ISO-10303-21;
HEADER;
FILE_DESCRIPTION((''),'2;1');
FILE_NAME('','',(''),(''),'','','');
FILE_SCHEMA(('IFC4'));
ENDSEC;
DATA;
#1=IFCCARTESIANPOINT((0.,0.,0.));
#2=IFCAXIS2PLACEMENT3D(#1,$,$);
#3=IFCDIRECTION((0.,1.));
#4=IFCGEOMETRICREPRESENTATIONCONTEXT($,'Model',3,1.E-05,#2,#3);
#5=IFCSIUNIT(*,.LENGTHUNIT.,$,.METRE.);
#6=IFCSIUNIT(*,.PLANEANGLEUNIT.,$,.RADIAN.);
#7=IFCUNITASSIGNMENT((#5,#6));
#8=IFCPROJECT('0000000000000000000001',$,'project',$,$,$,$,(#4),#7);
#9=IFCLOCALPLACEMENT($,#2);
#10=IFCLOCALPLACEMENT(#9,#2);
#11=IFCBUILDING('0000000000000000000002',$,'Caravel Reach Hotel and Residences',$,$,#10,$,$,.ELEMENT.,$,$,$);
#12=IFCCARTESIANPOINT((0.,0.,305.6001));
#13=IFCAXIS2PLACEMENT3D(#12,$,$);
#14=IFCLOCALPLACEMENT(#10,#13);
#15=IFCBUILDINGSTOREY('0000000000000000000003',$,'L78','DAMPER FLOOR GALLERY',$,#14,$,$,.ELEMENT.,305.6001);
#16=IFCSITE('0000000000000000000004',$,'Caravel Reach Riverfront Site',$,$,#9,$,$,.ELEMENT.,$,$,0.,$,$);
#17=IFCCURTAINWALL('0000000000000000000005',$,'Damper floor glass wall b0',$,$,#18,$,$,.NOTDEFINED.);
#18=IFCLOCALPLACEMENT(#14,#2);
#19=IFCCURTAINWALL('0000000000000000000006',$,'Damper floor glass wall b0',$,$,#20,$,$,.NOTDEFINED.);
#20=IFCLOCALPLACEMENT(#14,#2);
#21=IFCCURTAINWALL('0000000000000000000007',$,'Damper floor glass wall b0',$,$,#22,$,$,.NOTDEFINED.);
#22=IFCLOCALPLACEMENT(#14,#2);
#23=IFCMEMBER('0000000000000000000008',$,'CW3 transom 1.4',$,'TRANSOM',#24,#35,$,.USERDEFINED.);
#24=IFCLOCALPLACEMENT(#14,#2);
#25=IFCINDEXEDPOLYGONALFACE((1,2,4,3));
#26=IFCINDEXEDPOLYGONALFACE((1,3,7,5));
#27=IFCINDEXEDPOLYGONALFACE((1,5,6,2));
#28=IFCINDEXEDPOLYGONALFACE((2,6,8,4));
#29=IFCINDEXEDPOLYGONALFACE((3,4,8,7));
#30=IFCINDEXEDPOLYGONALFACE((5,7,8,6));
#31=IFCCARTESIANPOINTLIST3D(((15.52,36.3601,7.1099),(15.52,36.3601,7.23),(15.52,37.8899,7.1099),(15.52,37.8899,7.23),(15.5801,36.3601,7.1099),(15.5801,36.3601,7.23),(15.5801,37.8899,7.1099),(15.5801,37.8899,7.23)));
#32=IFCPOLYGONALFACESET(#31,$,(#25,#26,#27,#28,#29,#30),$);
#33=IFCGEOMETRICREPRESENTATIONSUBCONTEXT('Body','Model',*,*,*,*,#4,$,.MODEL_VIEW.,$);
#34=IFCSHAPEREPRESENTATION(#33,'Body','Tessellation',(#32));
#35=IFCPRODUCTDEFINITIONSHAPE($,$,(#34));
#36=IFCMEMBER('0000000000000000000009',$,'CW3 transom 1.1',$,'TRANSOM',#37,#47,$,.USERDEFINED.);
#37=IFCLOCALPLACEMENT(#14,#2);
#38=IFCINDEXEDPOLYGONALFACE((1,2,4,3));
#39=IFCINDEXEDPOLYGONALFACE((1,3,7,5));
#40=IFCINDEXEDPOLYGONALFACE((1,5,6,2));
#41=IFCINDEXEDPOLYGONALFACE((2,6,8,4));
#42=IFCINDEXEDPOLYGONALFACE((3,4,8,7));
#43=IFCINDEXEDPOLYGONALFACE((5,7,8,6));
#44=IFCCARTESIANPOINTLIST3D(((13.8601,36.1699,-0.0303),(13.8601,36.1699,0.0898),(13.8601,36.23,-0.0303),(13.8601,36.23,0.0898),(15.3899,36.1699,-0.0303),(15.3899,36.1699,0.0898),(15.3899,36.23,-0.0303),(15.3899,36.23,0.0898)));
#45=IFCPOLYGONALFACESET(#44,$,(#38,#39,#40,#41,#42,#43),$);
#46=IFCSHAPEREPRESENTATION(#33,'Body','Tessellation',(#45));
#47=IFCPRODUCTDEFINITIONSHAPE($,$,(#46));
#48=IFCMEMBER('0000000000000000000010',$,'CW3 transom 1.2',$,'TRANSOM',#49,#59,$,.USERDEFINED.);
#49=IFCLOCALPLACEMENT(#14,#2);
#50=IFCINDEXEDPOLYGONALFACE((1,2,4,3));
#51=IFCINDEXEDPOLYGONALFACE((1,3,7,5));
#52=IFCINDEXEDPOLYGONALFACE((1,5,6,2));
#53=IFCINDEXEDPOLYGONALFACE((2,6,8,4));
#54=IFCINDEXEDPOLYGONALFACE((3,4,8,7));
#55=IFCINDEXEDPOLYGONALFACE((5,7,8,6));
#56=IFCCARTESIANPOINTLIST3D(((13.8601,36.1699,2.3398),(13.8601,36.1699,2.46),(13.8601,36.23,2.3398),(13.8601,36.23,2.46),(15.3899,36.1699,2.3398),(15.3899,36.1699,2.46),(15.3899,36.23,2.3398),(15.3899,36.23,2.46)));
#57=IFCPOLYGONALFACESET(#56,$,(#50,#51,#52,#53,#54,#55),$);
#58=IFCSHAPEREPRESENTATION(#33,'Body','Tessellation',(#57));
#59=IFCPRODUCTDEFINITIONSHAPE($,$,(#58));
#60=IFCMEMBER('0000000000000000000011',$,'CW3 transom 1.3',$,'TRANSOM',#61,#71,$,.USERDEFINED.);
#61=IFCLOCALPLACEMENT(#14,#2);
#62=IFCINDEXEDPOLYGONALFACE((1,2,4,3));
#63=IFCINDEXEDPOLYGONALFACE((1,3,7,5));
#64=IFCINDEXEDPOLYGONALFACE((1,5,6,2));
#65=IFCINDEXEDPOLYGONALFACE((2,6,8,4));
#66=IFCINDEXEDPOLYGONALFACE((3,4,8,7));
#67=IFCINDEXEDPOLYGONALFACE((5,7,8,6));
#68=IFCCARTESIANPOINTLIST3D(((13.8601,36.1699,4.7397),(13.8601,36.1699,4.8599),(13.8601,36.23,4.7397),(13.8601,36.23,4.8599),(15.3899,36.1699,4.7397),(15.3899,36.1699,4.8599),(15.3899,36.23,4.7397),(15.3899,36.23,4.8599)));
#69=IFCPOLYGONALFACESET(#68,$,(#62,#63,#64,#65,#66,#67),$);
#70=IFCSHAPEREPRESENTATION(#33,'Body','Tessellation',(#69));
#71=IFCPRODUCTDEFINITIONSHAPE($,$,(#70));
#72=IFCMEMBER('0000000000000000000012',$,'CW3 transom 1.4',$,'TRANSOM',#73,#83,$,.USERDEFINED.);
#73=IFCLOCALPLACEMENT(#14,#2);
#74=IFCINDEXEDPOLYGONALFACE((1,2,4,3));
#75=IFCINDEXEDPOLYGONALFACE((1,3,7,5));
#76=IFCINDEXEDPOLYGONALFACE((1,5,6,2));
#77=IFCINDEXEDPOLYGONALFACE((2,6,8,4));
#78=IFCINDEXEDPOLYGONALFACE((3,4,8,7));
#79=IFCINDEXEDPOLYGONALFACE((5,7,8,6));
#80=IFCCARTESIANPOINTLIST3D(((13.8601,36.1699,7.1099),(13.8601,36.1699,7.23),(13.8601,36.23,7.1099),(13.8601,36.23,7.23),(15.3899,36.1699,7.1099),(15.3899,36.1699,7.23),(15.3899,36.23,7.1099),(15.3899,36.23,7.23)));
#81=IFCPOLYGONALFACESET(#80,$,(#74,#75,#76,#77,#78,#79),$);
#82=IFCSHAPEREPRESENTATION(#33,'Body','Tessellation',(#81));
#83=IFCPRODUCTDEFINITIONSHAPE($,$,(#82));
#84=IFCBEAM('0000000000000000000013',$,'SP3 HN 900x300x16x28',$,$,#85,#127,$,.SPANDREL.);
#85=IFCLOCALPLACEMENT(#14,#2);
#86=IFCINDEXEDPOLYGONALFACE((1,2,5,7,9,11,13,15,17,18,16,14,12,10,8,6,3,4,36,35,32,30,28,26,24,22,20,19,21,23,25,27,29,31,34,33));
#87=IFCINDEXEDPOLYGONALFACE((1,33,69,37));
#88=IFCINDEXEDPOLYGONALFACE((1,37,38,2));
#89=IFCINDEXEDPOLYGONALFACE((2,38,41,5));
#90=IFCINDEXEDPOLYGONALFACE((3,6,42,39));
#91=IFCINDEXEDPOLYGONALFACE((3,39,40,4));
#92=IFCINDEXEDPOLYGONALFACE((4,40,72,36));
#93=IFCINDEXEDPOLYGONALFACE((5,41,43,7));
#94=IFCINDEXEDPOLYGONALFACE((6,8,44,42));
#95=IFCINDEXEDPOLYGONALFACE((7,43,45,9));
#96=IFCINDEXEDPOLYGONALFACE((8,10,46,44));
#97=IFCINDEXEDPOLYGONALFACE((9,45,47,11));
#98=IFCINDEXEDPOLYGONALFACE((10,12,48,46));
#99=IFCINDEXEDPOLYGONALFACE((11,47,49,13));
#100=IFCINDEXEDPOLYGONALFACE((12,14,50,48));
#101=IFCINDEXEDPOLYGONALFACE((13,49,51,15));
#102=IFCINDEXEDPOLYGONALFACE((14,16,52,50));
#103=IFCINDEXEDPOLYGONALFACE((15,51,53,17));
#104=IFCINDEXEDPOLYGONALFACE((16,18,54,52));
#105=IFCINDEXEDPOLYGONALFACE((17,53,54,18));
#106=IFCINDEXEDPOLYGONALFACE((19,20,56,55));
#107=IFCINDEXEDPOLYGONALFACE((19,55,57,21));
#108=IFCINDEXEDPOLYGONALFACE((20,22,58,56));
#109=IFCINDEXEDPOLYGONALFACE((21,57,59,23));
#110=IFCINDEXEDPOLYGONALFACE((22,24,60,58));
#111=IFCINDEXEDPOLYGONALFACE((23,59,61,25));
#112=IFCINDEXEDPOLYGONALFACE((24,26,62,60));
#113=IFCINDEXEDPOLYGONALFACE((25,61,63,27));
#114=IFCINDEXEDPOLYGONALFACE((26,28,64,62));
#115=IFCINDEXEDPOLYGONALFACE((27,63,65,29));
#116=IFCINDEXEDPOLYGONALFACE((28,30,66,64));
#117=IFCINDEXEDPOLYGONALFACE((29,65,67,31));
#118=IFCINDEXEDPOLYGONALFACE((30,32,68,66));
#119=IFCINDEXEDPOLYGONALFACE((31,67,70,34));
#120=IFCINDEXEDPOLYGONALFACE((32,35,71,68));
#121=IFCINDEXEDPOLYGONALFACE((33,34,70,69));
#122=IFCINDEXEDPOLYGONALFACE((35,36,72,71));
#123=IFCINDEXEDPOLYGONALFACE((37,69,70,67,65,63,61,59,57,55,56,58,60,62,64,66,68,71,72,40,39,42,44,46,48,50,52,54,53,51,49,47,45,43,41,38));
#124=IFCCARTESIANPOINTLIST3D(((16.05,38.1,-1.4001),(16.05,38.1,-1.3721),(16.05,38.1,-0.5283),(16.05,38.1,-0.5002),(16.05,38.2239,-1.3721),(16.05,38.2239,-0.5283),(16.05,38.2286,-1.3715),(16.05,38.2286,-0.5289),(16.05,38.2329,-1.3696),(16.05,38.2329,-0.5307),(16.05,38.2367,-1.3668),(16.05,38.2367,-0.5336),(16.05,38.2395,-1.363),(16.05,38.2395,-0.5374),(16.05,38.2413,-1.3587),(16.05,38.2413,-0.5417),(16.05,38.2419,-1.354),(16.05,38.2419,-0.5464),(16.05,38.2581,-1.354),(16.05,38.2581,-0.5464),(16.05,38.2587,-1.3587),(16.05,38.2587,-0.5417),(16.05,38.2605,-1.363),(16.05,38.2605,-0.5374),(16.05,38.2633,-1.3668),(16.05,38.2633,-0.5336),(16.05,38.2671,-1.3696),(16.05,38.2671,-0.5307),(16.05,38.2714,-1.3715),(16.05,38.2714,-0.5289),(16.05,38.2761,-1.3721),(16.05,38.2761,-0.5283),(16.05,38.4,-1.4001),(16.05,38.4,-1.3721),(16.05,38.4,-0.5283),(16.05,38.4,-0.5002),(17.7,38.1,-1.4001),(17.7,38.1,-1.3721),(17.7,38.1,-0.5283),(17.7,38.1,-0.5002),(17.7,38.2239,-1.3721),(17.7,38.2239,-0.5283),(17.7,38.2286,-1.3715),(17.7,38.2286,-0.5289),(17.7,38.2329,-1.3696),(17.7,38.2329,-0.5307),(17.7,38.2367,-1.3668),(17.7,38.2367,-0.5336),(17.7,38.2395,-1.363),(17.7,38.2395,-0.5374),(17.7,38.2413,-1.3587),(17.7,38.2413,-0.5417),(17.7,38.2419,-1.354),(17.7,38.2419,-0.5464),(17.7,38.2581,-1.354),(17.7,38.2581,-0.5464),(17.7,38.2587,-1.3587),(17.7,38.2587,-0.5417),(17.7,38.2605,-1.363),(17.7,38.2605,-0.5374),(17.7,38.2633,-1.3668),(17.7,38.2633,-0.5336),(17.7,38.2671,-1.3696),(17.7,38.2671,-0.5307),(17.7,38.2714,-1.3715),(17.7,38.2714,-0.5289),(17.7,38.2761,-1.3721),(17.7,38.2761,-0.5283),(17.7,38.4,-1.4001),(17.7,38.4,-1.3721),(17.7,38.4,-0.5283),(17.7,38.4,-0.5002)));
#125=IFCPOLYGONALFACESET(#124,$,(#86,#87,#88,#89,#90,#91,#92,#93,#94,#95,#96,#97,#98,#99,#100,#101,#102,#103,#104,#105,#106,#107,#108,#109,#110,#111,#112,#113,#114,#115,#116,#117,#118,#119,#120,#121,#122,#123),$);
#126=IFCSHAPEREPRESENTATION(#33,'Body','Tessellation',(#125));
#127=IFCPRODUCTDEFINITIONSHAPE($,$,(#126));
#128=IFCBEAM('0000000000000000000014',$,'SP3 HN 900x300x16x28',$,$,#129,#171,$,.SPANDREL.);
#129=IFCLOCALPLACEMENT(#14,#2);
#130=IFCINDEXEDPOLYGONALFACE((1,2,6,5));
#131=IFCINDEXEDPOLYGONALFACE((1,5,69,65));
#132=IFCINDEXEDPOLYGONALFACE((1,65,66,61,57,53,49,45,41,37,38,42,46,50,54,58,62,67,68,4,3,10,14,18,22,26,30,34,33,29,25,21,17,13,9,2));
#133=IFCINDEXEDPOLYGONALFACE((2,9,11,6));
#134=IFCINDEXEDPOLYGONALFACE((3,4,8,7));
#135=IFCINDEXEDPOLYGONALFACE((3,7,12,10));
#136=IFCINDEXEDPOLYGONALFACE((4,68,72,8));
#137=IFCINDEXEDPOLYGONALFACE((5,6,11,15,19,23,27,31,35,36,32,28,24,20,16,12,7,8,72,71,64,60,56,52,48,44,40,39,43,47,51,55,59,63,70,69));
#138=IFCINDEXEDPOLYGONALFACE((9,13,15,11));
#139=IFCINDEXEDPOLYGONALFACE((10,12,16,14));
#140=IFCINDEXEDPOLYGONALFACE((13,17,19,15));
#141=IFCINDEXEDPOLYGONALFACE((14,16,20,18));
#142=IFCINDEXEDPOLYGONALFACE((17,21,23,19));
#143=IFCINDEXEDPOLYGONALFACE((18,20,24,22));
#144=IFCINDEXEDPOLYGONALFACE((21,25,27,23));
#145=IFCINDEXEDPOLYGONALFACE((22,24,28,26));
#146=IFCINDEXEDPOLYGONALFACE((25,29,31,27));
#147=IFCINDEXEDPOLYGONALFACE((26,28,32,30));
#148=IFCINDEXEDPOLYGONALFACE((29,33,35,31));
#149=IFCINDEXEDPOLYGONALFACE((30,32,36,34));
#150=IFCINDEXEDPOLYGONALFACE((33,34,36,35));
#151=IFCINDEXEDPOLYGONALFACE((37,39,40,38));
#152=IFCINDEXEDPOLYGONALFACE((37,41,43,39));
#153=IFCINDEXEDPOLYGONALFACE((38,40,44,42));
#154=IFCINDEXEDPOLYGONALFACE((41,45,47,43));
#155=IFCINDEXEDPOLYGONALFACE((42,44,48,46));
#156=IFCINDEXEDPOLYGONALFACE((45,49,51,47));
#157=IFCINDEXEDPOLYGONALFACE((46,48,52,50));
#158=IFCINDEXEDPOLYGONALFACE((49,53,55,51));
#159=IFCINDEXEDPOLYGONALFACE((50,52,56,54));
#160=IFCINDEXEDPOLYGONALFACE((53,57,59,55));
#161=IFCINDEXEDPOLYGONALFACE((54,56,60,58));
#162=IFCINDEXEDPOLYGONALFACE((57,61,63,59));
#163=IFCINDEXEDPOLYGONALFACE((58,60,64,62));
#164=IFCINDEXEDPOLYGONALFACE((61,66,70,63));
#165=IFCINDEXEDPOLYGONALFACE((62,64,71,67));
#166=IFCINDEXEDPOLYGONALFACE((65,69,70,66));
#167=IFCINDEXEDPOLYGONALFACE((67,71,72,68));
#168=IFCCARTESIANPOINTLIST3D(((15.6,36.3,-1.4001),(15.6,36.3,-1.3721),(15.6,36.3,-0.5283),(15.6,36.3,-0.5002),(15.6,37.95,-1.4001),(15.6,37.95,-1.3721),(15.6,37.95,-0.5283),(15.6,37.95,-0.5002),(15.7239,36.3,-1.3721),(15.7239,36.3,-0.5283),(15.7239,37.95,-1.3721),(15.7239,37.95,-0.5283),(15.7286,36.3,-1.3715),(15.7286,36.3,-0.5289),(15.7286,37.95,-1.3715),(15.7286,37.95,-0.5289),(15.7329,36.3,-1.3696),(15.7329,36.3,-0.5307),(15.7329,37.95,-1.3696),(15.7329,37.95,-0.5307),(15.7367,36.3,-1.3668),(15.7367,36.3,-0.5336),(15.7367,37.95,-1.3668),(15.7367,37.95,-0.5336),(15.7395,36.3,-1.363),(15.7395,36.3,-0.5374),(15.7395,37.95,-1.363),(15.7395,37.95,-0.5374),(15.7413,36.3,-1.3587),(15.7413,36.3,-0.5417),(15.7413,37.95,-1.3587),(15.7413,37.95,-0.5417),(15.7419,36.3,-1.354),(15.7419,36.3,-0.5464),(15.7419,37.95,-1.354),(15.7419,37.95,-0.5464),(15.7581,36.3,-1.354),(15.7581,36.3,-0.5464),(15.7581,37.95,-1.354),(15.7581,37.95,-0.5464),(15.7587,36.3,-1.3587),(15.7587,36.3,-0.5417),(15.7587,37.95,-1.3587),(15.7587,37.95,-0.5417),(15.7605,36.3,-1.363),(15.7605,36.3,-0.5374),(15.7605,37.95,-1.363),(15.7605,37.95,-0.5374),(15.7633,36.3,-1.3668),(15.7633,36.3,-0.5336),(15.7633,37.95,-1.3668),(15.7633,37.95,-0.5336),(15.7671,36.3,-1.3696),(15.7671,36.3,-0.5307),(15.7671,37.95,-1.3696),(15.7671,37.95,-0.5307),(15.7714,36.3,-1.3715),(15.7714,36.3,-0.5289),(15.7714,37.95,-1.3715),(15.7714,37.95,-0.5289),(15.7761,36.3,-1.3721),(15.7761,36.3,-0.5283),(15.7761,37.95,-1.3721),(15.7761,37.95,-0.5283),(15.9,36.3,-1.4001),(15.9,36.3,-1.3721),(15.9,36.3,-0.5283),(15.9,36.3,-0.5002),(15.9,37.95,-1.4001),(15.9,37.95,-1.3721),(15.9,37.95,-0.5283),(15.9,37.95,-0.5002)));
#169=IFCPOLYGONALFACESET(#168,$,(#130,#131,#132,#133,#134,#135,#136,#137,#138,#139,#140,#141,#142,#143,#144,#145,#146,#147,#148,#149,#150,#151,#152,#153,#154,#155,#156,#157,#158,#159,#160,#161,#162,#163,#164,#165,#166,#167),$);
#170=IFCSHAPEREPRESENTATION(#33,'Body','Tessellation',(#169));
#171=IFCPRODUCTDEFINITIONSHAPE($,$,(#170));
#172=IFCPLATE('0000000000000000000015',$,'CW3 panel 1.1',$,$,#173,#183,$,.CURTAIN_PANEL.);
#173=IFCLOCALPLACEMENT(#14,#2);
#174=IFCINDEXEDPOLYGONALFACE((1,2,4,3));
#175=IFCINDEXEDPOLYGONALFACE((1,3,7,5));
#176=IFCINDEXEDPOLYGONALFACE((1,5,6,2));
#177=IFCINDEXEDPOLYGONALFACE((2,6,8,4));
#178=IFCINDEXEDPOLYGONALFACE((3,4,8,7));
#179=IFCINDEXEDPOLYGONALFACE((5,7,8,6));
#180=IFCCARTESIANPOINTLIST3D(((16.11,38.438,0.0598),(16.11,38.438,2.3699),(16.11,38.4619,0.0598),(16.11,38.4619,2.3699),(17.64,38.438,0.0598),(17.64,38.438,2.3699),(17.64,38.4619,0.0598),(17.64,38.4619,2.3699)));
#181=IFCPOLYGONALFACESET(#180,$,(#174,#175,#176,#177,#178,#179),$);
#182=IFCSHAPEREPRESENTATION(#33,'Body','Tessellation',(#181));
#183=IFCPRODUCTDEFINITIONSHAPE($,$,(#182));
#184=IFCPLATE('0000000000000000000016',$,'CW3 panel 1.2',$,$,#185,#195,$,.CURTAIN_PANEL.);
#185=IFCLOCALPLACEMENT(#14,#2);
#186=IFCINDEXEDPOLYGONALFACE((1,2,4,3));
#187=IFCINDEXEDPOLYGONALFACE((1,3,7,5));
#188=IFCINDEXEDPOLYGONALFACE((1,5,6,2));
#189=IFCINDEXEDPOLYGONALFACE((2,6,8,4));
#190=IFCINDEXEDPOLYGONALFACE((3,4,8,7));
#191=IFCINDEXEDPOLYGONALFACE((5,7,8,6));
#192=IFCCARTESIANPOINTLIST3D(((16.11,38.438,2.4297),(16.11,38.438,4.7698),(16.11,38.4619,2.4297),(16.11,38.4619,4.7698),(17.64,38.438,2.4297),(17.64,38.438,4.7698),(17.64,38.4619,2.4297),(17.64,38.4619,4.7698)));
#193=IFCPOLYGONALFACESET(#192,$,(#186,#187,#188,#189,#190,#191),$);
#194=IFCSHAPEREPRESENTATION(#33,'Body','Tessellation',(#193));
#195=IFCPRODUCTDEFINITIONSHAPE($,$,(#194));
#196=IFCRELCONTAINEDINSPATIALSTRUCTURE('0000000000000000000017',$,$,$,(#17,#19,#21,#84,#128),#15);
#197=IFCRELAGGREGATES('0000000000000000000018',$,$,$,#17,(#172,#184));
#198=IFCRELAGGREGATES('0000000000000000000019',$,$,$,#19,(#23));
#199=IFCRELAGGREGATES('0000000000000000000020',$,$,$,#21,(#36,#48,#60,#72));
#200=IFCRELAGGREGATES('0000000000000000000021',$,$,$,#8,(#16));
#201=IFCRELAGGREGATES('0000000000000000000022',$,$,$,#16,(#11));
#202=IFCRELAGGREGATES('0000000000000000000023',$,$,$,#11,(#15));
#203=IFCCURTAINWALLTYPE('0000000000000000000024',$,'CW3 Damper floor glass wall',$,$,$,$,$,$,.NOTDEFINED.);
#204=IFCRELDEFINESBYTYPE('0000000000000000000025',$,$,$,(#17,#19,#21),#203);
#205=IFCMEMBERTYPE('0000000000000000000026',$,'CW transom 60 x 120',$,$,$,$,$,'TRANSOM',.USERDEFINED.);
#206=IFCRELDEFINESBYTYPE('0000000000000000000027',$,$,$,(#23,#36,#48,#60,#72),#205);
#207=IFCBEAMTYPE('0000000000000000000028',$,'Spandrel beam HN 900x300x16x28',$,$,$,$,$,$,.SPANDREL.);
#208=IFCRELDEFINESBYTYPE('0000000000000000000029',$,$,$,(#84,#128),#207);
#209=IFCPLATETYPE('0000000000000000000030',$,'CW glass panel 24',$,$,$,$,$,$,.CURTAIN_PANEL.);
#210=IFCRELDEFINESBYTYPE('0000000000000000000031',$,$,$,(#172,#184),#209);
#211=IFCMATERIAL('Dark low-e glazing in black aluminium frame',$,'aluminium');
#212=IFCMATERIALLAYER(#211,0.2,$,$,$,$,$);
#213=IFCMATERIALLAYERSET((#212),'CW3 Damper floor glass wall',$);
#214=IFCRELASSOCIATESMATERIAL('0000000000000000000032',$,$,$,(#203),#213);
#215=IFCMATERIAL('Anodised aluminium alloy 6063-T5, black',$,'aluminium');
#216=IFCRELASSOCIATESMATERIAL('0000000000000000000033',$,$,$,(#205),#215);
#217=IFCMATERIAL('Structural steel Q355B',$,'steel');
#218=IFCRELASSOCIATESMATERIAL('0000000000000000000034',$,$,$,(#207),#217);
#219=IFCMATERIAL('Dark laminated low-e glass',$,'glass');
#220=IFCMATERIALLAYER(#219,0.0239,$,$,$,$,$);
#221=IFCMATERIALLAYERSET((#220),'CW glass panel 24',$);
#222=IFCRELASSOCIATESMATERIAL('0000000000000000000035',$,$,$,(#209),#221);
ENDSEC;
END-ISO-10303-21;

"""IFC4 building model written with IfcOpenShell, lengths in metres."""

from ifc_helpers import new_model, si_unit, direction, frame, origin, origin_2d, place, context, subcontext, project, spatial, rectangle, i_section, extrude, material, layer, layer_set, material_profile, profile_set, type_object, element, aggregate, save


model = new_model("IFC4")

# Units and contexts
model_context = context("Model", 3, precision=1e-05, world=origin(), true_north=direction((0.0, 1.0)))
body_context = subcontext(model_context, "Body", "Model", "MODEL_VIEW")
ifc_project = project(units=[si_unit("LENGTHUNIT", "METRE"), si_unit("PLANEANGLEUNIT", "RADIAN")], contexts=[model_context])

# Site, building, storey
site_placement = place(None, origin())
site = spatial("IfcSite", under=ifc_project, at=site_placement, Name="Caravel Reach Riverfront Site", CompositionType="ELEMENT", RefElevation=0.0)
building_placement = place(site_placement, origin())
building = spatial("IfcBuilding", under=site, at=building_placement, Name="Caravel Reach Hotel and Residences", CompositionType="ELEMENT")
storey_placement = place(building_placement, frame((0.0, 0.0, 305.6001)))
storey = spatial("IfcBuildingStorey", under=building, at=storey_placement, Name="L78", Description="DAMPER FLOOR GALLERY", CompositionType="ELEMENT", Elevation=305.6001)

# Shared definitions
ifc_material_1 = material(Name="Dark low-e glazing in black aluminium frame", Category="aluminium")
ifc_layer_1 = layer(ifc_material_1, 0.2)
ifc_layer_set_1 = layer_set([ifc_layer_1], Name="CW3 Damper floor glass wall")
curtain_wall_type = type_object("IfcCurtainWallType", Name="CW3 Damper floor glass wall", PredefinedType="NOTDEFINED", material=ifc_layer_set_1)

# Curtain walls
curtain_wall_1_placement = place(storey_placement, origin())
curtain_wall_1 = element("IfcCurtainWall", 1, at=curtain_wall_1_placement, inside=storey, type_object=curtain_wall_type, Name="Damper floor glass wall b0", PredefinedType="NOTDEFINED")
curtain_wall_2_placement = place(storey_placement, origin())
curtain_wall_2 = element("IfcCurtainWall", 2, at=curtain_wall_2_placement, inside=storey, type_object=curtain_wall_type, Name="Damper floor glass wall b0", PredefinedType="NOTDEFINED")

# Curtain wall
curtain_wall_3_placement = place(storey_placement, origin())
curtain_wall_3 = element("IfcCurtainWall", 3, at=curtain_wall_3_placement, inside=storey, type_object=curtain_wall_type, Name="Damper floor glass wall b0", PredefinedType="NOTDEFINED")

# Members
ifc_material_2 = material(Name="Anodised aluminium alloy 6063-T5, black", Category="aluminium")
ifc_material_profile_1 = material_profile(ifc_material_2, rectangle(XDim=0.0601, YDim=0.1201, at=origin_2d()), Name="CW transom 60 x 120")
ifc_profile_set_1 = profile_set([ifc_material_profile_1], Name="Anodised aluminium alloy 6063-T5, black")
member_type_1 = type_object("IfcMemberType", Name="CW transom 60 x 120", ElementType="TRANSOM", PredefinedType="USERDEFINED", material=ifc_profile_set_1)
member_1_placement = place(storey_placement, frame((15.55, 37.8899, 7.1699), z_axis=(0.0, -1.0, 0.0), x_axis=(1.0, 0.0, 0.0)))
member_1 = element("IfcMember", 4, at=member_1_placement, type_object=member_type_1, Name="CW3 transom 1.4", ObjectType="TRANSOM", PredefinedType="USERDEFINED", context=body_context, shape_type="SweptSolid", body=[
    extrude(rectangle(XDim=0.0601, YDim=0.1201, at=origin_2d()), origin(), (0.0, 0.0, 1.0), 1.5298),
])
member_2_placement = place(storey_placement, frame((15.3899, 36.2, 0.0298), z_axis=(-1.0, 0.0, 0.0), x_axis=(0.0, -1.0, 0.0)))
member_2 = element("IfcMember", 5, at=member_2_placement, type_object=member_type_1, Name="CW3 transom 1.1", ObjectType="TRANSOM", PredefinedType="USERDEFINED", context=body_context, shape_type="SweptSolid", body=[
    extrude(rectangle(XDim=0.0601, YDim=0.1201, at=origin_2d()), origin(), (0.0, 0.0, 1.0), 1.5298),
])
member_3_placement = place(storey_placement, frame((15.3899, 36.2, 2.3999), z_axis=(-1.0, 0.0, 0.0), x_axis=(0.0, -1.0, 0.0)))
member_3 = element("IfcMember", 6, at=member_3_placement, type_object=member_type_1, Name="CW3 transom 1.2", ObjectType="TRANSOM", PredefinedType="USERDEFINED", context=body_context, shape_type="SweptSolid", body=[
    extrude(rectangle(XDim=0.0601, YDim=0.1201, at=origin_2d()), origin(), (0.0, 0.0, 1.0), 1.5298),
])
member_4_placement = place(storey_placement, frame((15.3899, 36.2, 4.7998), z_axis=(-1.0, 0.0, 0.0), x_axis=(0.0, -1.0, 0.0)))
member_4 = element("IfcMember", 7, at=member_4_placement, type_object=member_type_1, Name="CW3 transom 1.3", ObjectType="TRANSOM", PredefinedType="USERDEFINED", context=body_context, shape_type="SweptSolid", body=[
    extrude(rectangle(XDim=0.0601, YDim=0.1201, at=origin_2d()), origin(), (0.0, 0.0, 1.0), 1.5298),
])
member_5_placement = place(storey_placement, frame((15.3899, 36.2, 7.1699), z_axis=(-1.0, 0.0, 0.0), x_axis=(0.0, -1.0, 0.0)))
member_5 = element("IfcMember", 8, at=member_5_placement, type_object=member_type_1, Name="CW3 transom 1.4", ObjectType="TRANSOM", PredefinedType="USERDEFINED", context=body_context, shape_type="SweptSolid", body=[
    extrude(rectangle(XDim=0.0601, YDim=0.1201, at=origin_2d()), origin(), (0.0, 0.0, 1.0), 1.5298),
])

# Beams
ifc_material_3 = material(Name="Structural steel Q355B", Category="steel")
ifc_material_profile_2 = material_profile(ifc_material_3, i_section(OverallWidth=0.3, OverallDepth=0.8999, WebThickness=0.0161, FlangeThickness=0.0281, FilletRadius=0.0181, at=origin_2d()), Name="HN 900x300x16x28")
ifc_profile_set_2 = profile_set([ifc_material_profile_2], Name="Structural steel Q355B")
beam_type = type_object("IfcBeamType", Name="Spandrel beam HN 900x300x16x28", PredefinedType="SPANDREL", material=ifc_profile_set_2)
for number, where, z_axis, x_axis, name in (
    (9, (17.7, 38.25, -0.9502), (-1.0, 0.0, 0.0), (0.0, -1.0, 0.0), "SP3 HN 900x300x16x28"),
    (10, (15.75, 37.95, -0.9502), (0.0, -1.0, 0.0), (1.0, 0.0, 0.0), "SP3 HN 900x300x16x28"),
):
    element("IfcBeam", number, at=place(storey_placement, frame(where, z_axis=z_axis, x_axis=x_axis)), inside=storey, type_object=beam_type, Name=name, PredefinedType="SPANDREL", context=body_context, shape_type="SweptSolid", body=[
        extrude(i_section(OverallWidth=0.3, OverallDepth=0.8999, WebThickness=0.0161, FlangeThickness=0.0281, FilletRadius=0.0181, at=origin_2d()), origin(), (0.0, 0.0, 1.0), 1.6499),
    ])

# Plates
ifc_material_4 = material(Name="Dark laminated low-e glass", Category="glass")
ifc_layer_2 = layer(ifc_material_4, 0.0239)
ifc_layer_set_2 = layer_set([ifc_layer_2], Name="CW glass panel 24")
plate_type = type_object("IfcPlateType", Name="CW glass panel 24", PredefinedType="CURTAIN_PANEL", material=ifc_layer_set_2)
plate_1_placement = place(storey_placement, frame((16.875, 38.45, 0.0598), z_axis=(0.0, 0.0, 1.0), x_axis=(-1.0, 0.0, 0.0)))
plate_1 = element("IfcPlate", 11, at=plate_1_placement, type_object=plate_type, Name="CW3 panel 1.1", PredefinedType="CURTAIN_PANEL", context=body_context, shape_type="SweptSolid", body=[
    extrude(rectangle(XDim=1.53, YDim=0.0239, at=origin_2d()), origin(), (0.0, 0.0, 1.0), 2.3101),
])
plate_2_placement = place(storey_placement, frame((16.875, 38.45, 2.4297), z_axis=(0.0, 0.0, 1.0), x_axis=(-1.0, 0.0, 0.0)))
plate_2 = element("IfcPlate", 12, at=plate_2_placement, type_object=plate_type, Name="CW3 panel 1.2", PredefinedType="CURTAIN_PANEL", context=body_context, shape_type="SweptSolid", body=[
    extrude(rectangle(XDim=1.53, YDim=0.0239, at=origin_2d()), origin(), (0.0, 0.0, 1.0), 2.3401),
])
aggregate(curtain_wall_1, [plate_1, plate_2])
aggregate(curtain_wall_2, [member_1])
aggregate(curtain_wall_3, [member_2, member_3, member_4, member_5])

save(model, "model.ifc")
